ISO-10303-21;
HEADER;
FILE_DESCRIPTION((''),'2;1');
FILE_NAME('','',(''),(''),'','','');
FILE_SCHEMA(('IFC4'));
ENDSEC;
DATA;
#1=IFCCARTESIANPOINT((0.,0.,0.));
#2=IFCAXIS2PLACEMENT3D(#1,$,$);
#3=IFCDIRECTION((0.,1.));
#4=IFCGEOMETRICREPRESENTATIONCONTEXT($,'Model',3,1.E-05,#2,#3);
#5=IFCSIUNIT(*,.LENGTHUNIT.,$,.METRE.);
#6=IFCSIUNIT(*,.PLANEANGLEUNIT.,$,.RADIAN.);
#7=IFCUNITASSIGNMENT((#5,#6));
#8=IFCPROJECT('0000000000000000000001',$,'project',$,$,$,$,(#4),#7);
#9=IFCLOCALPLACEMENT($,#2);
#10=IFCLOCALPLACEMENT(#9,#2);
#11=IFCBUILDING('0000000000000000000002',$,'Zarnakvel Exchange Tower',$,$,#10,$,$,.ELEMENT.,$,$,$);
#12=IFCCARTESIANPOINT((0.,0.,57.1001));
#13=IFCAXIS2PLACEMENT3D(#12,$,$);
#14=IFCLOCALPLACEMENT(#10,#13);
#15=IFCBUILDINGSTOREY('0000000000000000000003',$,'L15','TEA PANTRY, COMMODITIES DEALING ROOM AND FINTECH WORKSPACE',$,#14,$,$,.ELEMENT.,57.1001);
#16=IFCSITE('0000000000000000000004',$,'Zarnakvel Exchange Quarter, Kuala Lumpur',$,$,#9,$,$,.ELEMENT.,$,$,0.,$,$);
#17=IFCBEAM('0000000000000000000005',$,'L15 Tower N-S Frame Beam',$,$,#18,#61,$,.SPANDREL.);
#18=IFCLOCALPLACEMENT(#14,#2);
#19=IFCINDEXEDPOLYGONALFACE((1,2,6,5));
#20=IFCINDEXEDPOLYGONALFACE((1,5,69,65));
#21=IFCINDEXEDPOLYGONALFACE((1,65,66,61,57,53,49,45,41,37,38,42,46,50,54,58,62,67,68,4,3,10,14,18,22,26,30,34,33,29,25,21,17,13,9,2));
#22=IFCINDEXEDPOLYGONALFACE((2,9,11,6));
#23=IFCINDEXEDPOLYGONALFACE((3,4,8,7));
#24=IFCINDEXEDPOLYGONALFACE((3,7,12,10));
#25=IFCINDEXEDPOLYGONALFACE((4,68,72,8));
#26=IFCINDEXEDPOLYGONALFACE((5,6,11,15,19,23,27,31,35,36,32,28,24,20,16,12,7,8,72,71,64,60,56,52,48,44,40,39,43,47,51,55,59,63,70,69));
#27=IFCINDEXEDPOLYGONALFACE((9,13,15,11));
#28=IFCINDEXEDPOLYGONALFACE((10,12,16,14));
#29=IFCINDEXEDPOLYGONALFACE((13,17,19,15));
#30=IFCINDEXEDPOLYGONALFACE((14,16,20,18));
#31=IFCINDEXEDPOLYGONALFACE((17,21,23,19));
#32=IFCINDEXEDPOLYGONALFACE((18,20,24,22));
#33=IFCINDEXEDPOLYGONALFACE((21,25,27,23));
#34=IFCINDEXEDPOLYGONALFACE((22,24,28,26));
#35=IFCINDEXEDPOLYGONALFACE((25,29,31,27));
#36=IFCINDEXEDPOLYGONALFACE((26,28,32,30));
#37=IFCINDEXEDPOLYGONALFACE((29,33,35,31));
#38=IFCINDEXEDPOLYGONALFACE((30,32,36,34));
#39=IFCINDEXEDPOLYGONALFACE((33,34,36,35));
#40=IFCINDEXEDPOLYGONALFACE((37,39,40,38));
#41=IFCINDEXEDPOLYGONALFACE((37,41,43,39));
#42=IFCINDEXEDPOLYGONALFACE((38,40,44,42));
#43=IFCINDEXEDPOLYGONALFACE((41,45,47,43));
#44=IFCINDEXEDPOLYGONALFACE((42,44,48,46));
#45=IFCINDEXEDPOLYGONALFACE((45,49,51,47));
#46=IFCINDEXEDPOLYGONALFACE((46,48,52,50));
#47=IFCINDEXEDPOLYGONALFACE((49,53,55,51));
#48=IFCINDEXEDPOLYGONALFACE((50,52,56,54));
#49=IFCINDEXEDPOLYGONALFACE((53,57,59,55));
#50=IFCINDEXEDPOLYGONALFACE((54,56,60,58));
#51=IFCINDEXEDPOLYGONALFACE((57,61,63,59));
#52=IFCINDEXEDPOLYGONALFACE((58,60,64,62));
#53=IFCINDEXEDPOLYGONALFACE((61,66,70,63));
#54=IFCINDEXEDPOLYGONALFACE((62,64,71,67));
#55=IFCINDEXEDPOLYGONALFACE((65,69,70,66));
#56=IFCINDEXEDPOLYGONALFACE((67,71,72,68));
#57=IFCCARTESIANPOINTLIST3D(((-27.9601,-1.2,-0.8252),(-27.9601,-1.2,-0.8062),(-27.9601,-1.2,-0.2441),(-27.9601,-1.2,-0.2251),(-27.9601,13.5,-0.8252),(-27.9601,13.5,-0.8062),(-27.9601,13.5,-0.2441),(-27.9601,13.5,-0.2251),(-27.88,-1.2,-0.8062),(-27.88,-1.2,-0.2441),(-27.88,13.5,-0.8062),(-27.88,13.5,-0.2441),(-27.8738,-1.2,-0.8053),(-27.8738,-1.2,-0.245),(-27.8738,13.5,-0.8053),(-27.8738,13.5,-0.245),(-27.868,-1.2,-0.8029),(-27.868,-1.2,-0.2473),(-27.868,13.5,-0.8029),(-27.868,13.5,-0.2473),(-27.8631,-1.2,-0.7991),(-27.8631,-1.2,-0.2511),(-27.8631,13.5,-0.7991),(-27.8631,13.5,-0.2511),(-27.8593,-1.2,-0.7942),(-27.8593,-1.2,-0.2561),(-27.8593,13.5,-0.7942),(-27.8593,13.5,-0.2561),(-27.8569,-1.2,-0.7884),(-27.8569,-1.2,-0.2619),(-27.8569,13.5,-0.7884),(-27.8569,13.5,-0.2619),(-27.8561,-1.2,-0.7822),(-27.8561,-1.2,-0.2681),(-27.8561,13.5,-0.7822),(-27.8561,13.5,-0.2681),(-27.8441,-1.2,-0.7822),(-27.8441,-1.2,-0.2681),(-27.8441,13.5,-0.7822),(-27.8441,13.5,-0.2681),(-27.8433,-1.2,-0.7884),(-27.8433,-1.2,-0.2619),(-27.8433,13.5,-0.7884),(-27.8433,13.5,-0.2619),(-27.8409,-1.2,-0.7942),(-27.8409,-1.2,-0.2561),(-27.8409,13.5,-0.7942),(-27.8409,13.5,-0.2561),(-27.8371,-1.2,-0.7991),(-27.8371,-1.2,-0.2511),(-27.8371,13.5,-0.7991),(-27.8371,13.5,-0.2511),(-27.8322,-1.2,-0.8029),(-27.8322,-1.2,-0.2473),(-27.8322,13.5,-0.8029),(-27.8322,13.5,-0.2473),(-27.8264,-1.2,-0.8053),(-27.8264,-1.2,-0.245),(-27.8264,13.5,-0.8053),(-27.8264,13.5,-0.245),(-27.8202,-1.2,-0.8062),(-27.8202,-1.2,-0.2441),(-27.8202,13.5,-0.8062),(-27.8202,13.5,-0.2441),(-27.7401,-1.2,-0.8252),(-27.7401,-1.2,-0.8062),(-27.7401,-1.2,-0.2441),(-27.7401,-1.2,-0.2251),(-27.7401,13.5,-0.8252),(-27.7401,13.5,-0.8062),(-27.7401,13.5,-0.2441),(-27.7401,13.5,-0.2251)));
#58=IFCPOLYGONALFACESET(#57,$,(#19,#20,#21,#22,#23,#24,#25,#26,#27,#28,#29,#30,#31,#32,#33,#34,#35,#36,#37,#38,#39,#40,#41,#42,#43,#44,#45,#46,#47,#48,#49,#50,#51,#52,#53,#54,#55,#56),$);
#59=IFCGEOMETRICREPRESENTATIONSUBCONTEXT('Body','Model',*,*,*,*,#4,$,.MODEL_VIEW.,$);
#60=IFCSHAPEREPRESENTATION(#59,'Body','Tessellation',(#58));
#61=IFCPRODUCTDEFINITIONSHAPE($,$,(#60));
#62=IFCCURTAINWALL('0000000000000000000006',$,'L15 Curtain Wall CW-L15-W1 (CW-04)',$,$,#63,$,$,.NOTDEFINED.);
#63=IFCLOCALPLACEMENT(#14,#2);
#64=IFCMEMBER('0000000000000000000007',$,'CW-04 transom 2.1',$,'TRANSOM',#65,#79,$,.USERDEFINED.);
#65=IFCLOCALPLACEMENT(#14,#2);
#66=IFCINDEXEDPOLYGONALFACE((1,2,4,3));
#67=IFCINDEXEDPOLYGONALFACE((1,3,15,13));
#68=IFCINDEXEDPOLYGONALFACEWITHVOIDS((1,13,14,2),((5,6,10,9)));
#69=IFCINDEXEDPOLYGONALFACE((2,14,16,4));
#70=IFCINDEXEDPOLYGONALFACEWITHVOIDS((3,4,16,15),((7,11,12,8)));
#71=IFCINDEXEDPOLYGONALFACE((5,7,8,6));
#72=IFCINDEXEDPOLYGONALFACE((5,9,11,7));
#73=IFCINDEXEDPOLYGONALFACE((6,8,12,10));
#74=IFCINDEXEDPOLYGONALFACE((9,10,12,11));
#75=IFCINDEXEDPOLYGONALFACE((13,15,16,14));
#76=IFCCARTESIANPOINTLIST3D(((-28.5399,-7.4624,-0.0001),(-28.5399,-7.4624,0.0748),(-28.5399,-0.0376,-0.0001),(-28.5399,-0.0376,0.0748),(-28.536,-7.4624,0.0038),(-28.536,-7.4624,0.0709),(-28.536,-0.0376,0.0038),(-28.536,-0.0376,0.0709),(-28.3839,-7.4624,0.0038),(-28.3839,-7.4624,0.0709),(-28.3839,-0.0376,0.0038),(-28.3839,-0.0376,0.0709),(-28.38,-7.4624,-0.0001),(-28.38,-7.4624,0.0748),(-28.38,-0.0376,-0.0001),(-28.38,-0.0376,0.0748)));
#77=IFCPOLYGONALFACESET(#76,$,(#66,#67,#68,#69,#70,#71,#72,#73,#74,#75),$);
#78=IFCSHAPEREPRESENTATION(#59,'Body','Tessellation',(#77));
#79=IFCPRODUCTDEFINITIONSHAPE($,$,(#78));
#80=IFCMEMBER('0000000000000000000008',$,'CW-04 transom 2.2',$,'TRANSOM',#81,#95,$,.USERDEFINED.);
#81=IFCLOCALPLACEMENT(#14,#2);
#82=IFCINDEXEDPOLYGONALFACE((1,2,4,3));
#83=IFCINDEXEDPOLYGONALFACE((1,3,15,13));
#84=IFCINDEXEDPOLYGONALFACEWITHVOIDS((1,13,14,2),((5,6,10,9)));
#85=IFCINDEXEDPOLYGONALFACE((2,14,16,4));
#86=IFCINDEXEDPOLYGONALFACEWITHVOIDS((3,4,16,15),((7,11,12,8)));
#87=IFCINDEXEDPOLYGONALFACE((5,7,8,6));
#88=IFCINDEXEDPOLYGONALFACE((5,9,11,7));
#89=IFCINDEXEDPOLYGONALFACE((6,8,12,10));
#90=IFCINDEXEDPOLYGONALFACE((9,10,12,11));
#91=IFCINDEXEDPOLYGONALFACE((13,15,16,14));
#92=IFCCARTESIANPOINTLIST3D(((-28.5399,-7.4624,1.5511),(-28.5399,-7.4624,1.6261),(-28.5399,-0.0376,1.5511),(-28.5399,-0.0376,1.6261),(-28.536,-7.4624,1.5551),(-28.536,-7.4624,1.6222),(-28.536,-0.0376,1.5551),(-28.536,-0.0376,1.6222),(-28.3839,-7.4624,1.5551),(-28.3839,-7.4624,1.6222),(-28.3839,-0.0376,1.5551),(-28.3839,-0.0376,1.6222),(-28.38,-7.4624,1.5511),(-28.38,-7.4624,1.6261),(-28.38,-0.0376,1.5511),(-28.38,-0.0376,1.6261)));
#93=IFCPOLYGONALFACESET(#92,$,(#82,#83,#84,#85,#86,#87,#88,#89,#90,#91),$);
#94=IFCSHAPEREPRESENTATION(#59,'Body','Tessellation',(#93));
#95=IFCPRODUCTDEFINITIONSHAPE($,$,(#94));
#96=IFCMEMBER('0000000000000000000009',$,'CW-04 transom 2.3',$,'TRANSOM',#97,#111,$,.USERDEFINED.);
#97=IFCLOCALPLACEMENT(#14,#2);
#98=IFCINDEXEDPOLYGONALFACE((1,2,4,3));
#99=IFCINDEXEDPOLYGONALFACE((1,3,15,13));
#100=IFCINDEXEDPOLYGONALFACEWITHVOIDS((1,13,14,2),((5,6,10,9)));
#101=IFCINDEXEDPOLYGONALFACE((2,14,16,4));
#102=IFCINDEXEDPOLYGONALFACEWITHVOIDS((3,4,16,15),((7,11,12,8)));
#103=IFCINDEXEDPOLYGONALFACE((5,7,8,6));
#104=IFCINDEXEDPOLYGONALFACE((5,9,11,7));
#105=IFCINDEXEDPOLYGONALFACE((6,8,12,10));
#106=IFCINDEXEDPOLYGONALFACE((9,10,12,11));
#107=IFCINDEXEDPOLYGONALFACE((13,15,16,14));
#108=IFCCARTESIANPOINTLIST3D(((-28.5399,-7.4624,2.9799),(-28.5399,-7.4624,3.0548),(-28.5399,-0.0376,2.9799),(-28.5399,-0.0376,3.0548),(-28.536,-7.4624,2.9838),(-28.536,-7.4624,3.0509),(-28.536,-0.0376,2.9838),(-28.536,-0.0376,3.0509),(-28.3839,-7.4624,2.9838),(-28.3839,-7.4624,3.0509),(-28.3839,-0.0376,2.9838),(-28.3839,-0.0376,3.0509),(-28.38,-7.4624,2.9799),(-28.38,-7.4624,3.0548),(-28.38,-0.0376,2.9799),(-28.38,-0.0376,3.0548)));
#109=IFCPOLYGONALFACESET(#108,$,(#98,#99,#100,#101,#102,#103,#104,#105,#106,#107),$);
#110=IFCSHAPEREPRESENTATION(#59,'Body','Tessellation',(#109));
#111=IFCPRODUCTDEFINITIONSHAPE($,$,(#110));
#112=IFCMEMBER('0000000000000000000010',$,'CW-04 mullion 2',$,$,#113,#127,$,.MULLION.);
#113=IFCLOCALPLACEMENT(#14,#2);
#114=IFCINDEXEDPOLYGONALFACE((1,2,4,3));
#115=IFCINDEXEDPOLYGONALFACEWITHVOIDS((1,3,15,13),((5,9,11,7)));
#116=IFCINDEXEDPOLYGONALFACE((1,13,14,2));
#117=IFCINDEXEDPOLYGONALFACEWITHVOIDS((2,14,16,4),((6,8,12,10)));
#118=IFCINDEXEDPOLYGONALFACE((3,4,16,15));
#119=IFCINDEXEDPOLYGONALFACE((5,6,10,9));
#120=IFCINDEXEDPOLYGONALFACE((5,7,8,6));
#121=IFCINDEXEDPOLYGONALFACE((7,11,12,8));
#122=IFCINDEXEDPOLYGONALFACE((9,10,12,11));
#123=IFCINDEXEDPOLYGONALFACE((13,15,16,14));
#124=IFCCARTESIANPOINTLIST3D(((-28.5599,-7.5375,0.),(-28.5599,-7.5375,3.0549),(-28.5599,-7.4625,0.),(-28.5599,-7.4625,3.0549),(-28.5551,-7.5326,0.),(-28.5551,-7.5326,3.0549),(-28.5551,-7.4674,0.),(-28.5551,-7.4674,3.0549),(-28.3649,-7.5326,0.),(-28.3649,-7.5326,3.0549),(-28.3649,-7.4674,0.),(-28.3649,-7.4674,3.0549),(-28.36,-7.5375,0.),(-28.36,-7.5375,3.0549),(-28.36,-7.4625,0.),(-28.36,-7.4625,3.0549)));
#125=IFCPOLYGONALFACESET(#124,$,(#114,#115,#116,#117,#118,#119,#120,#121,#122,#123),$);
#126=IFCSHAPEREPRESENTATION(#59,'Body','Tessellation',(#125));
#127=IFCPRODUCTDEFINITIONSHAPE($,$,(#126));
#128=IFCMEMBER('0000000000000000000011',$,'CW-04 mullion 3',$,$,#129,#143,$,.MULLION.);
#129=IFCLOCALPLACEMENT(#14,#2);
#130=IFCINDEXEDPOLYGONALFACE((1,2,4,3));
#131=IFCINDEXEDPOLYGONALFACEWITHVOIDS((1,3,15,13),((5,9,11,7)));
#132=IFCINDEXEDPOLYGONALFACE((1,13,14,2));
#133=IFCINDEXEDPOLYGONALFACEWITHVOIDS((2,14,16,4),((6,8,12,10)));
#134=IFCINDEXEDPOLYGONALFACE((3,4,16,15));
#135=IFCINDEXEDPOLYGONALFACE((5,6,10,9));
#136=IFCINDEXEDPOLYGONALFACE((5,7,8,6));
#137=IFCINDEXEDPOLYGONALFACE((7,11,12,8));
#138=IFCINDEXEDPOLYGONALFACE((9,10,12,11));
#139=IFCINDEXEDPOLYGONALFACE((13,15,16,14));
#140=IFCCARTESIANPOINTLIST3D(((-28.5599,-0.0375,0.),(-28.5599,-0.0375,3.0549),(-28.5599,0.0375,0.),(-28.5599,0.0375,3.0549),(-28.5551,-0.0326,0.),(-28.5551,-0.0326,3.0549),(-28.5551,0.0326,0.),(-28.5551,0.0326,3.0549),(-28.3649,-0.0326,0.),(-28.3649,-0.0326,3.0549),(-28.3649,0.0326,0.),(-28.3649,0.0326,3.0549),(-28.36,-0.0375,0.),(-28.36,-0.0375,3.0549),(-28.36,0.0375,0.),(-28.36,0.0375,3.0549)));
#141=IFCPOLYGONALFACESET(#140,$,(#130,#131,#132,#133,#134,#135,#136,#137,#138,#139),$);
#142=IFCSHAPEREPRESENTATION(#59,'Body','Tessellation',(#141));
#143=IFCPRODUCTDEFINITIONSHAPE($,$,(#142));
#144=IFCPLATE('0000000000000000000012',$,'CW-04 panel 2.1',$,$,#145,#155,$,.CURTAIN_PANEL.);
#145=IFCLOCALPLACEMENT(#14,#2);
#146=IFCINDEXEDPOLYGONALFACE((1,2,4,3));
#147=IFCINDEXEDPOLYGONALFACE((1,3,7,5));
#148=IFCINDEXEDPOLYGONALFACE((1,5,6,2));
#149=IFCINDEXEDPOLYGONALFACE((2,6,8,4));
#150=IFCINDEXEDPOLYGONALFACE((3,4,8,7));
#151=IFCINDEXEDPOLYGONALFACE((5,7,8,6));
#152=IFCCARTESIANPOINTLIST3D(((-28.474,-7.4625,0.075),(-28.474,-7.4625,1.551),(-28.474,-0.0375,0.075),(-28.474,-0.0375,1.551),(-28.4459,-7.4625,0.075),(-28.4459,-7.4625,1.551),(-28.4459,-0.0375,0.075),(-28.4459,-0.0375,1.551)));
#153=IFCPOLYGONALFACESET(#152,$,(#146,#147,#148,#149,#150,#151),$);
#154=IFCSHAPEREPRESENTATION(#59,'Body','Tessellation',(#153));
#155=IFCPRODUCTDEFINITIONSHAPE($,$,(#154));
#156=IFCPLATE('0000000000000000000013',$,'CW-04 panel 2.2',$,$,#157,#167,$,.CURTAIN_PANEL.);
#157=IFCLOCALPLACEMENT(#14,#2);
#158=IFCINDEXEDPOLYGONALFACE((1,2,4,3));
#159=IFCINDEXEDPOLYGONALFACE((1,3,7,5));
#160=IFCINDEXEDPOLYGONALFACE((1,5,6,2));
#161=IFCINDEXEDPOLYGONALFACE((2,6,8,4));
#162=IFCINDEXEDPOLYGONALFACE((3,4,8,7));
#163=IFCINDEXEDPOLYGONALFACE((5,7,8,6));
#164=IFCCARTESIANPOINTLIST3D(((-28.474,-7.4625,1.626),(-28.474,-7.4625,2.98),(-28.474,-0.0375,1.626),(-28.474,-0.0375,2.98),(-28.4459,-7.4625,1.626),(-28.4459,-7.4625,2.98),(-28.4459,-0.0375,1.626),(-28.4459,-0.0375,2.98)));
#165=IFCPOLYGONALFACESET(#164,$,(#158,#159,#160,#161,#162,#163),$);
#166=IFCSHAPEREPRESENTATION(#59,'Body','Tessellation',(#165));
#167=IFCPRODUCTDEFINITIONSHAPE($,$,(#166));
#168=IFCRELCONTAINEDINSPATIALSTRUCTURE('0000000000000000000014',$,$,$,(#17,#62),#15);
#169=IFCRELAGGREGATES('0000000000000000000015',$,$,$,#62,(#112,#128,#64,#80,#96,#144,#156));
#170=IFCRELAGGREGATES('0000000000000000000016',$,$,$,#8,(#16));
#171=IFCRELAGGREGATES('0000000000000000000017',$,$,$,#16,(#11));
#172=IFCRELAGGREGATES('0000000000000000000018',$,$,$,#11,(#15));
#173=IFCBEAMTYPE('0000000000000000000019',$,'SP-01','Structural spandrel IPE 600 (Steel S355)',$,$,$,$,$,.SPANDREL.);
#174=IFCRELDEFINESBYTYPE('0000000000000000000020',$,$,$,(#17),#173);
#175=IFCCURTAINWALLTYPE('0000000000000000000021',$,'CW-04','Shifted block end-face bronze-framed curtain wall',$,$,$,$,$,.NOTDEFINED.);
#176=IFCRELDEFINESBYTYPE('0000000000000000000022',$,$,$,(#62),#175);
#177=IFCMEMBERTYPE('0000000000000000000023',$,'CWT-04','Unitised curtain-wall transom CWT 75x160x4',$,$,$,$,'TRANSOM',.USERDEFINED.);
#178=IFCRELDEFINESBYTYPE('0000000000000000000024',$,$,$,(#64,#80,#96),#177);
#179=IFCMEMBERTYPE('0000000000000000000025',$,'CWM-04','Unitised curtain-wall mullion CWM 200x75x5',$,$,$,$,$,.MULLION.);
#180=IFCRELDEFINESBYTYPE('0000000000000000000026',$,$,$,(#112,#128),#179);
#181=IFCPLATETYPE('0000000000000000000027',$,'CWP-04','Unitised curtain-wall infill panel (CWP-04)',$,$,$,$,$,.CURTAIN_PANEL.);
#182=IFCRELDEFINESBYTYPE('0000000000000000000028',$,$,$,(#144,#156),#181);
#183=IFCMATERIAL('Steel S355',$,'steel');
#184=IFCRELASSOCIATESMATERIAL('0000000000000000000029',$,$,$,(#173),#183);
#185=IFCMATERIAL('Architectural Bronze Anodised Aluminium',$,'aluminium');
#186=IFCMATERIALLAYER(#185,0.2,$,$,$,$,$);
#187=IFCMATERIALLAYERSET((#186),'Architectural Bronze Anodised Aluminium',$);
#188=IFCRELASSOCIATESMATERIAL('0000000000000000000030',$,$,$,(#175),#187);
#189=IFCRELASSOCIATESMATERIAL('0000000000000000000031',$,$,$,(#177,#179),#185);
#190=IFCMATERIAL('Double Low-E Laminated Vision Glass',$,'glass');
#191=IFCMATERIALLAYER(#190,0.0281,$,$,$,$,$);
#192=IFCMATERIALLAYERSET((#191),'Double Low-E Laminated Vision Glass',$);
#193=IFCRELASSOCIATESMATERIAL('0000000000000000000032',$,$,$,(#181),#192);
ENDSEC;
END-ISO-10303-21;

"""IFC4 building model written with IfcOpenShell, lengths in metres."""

from ifc_helpers import new_model, si_unit, direction, frame, origin, origin_2d, place, context, subcontext, project, spatial, rectangle, hollow_rectangle, i_section, extrude, source, transform, mapped, material, layer, layer_set, material_profile, profile_set, type_object, element, aggregate, save


model = new_model("IFC4")

# Units and contexts
model_context = context("Model", 3, precision=1e-05, world=origin(), true_north=direction((0.0, 1.0)))
body_context = subcontext(model_context, "Body", "Model", "MODEL_VIEW")
ifc_project = project(units=[si_unit("LENGTHUNIT", "METRE"), si_unit("PLANEANGLEUNIT", "RADIAN")], contexts=[model_context])

# Site, building, storey
site_placement = place(None, origin())
site = spatial("IfcSite", under=ifc_project, at=site_placement, Name="Zarnakvel Exchange Quarter, Kuala Lumpur", CompositionType="ELEMENT", RefElevation=0.0)
building_placement = place(site_placement, origin())
building = spatial("IfcBuilding", under=site, at=building_placement, Name="Zarnakvel Exchange Tower", CompositionType="ELEMENT")
storey_placement = place(building_placement, frame((0.0, 0.0, 57.1001)))
storey = spatial("IfcBuildingStorey", under=building, at=storey_placement, Name="L15", Description="TEA PANTRY, COMMODITIES DEALING ROOM AND FINTECH WORKSPACE", CompositionType="ELEMENT", Elevation=57.1001)

# Shared definitions
ifc_material_1 = material(Name="Steel S355", Category="steel")

# Beam
ifc_material_profile_1 = material_profile(ifc_material_1, i_section(OverallWidth=0.22, OverallDepth=0.6001, WebThickness=0.012, FlangeThickness=0.019, FilletRadius=0.0239, at=origin_2d()))
ifc_profile_set_1 = profile_set([ifc_material_profile_1], Name="Steel S355")
beam_type_1 = type_object("IfcBeamType", Name="SP-01", Description="Structural spandrel IPE 600 (Steel S355)", PredefinedType="SPANDREL", material=ifc_profile_set_1)
beam_1_placement = place(storey_placement, frame((-27.8501, -1.2, -0.5251), z_axis=(0.0, 1.0, 0.0), x_axis=(-1.0, 0.0, 0.0)))
element("IfcBeam", 1, at=beam_1_placement, inside=storey, type_object=beam_type_1, Name="L15 Tower N-S Frame Beam", PredefinedType="SPANDREL", context=body_context, shape_type="SweptSolid", body=[
    extrude(i_section(OverallWidth=0.22, OverallDepth=0.6001, WebThickness=0.012, FlangeThickness=0.019, FilletRadius=0.0239, at=origin_2d()), origin(), (0.0, 0.0, 1.0), 14.7),
])

# Curtain wall, members, plates
ifc_material_2 = material(Name="Architectural Bronze Anodised Aluminium", Category="aluminium")
ifc_layer_1 = layer(ifc_material_2, 0.2)
ifc_layer_set_1 = layer_set([ifc_layer_1], Name="Architectural Bronze Anodised Aluminium")
curtain_wall_type = type_object("IfcCurtainWallType", Name="CW-04", Description="Shifted block end-face bronze-framed curtain wall", PredefinedType="NOTDEFINED", material=ifc_layer_set_1)
curtain_wall_placement = place(storey_placement, origin())
curtain_wall = element("IfcCurtainWall", 2, at=curtain_wall_placement, inside=storey, type_object=curtain_wall_type, Name="L15 Curtain Wall CW-L15-W1 (CW-04)", PredefinedType="NOTDEFINED")
ifc_material_profile_2 = material_profile(ifc_material_2, hollow_rectangle(XDim=0.1599, YDim=0.075, WallThickness=0.0039, at=origin_2d()))
ifc_profile_set_2 = profile_set([ifc_material_profile_2], Name="Architectural Bronze Anodised Aluminium")
member_type_1 = type_object("IfcMemberType", Name="CWT-04", Description="Unitised curtain-wall transom CWT 75x160x4", ElementType="TRANSOM", PredefinedType="USERDEFINED", material=ifc_profile_set_2)
shared_shape_1 = source(origin(), body_context, "Body", "SweptSolid", [
    extrude(hollow_rectangle(XDim=0.1599, YDim=0.075, WallThickness=0.0039, at=origin_2d()), origin(), (0.0, 0.0, 1.0), 7.4248),
])
member_1_placement = place(storey_placement, frame((-28.46, -7.4624, 0.0374), z_axis=(0.0, 1.0, 0.0), x_axis=(-1.0, 0.0, 0.0)))
member_1 = element("IfcMember", 3, at=member_1_placement, type_object=member_type_1, Name="CW-04 transom 2.1", ObjectType="TRANSOM", PredefinedType="USERDEFINED", context=body_context, shape_type="MappedRepresentation", body=[
    mapped(shared_shape_1, transform((0.0, 0.0, 0.0), x_axis=(1.0, 0.0, 0.0), y_axis=(0.0, 1.0, 0.0), z_axis=(0.0, 0.0, 1.0), scale=1.0)),
])
member_2_placement = place(storey_placement, frame((-28.46, -7.4624, 1.5886), z_axis=(0.0, 1.0, 0.0), x_axis=(-1.0, 0.0, 0.0)))
member_2 = element("IfcMember", 4, at=member_2_placement, type_object=member_type_1, Name="CW-04 transom 2.2", ObjectType="TRANSOM", PredefinedType="USERDEFINED", context=body_context, shape_type="MappedRepresentation", body=[
    mapped(shared_shape_1, transform((0.0, 0.0, 0.0), x_axis=(1.0, 0.0, 0.0), y_axis=(0.0, 1.0, 0.0), z_axis=(0.0, 0.0, 1.0), scale=1.0)),
])
member_3_placement = place(storey_placement, frame((-28.46, -7.4624, 3.0173), z_axis=(0.0, 1.0, 0.0), x_axis=(-1.0, 0.0, 0.0)))
member_3 = element("IfcMember", 5, at=member_3_placement, type_object=member_type_1, Name="CW-04 transom 2.3", ObjectType="TRANSOM", PredefinedType="USERDEFINED", context=body_context, shape_type="MappedRepresentation", body=[
    mapped(shared_shape_1, transform((0.0, 0.0, 0.0), x_axis=(1.0, 0.0, 0.0), y_axis=(0.0, 1.0, 0.0), z_axis=(0.0, 0.0, 1.0), scale=1.0)),
])
ifc_material_profile_3 = material_profile(ifc_material_2, hollow_rectangle(XDim=0.2, YDim=0.075, WallThickness=0.0049, at=origin_2d()))
ifc_profile_set_3 = profile_set([ifc_material_profile_3], Name="Architectural Bronze Anodised Aluminium")
member_type_2 = type_object("IfcMemberType", Name="CWM-04", Description="Unitised curtain-wall mullion CWM 200x75x5", PredefinedType="MULLION", material=ifc_profile_set_3)
shared_shape_2 = source(origin(), body_context, "Body", "SweptSolid", [
    extrude(hollow_rectangle(XDim=0.2, YDim=0.075, WallThickness=0.0049, at=origin_2d()), origin(), (0.0, 0.0, 1.0), 3.0549),
])
member_4_placement = place(storey_placement, frame((-28.46, -7.5, 0.0), z_axis=(0.0, 0.0, 1.0), x_axis=(-1.0, 0.0, 0.0)))
member_4 = element("IfcMember", 6, at=member_4_placement, type_object=member_type_2, Name="CW-04 mullion 2", PredefinedType="MULLION", context=body_context, shape_type="MappedRepresentation", body=[
    mapped(shared_shape_2, transform((0.0, 0.0, 0.0), x_axis=(1.0, 0.0, 0.0), y_axis=(0.0, 1.0, 0.0), z_axis=(0.0, 0.0, 1.0), scale=1.0)),
])
member_5_placement = place(storey_placement, frame((-28.46, 0.0, 0.0), z_axis=(0.0, 0.0, 1.0), x_axis=(-1.0, 0.0, 0.0)))
member_5 = element("IfcMember", 7, at=member_5_placement, type_object=member_type_2, Name="CW-04 mullion 3", PredefinedType="MULLION", context=body_context, shape_type="MappedRepresentation", body=[
    mapped(shared_shape_2, transform((0.0, 0.0, 0.0), x_axis=(1.0, 0.0, 0.0), y_axis=(0.0, 1.0, 0.0), z_axis=(0.0, 0.0, 1.0), scale=1.0)),
])
ifc_material_3 = material(Name="Double Low-E Laminated Vision Glass", Category="glass")
ifc_layer_2 = layer(ifc_material_3, 0.0281)
ifc_layer_set_2 = layer_set([ifc_layer_2], Name="Double Low-E Laminated Vision Glass")
plate_type = type_object("IfcPlateType", Name="CWP-04", Description="Unitised curtain-wall infill panel (CWP-04)", PredefinedType="CURTAIN_PANEL", material=ifc_layer_set_2)
shared_shape_3 = source(origin(), body_context, "Body", "SweptSolid", [
    extrude(rectangle(XDim=7.425, YDim=0.0281, at=origin_2d()), origin(), (0.0, 0.0, 1.0), 1.4761),
])
plate_1_placement = place(storey_placement, frame((-28.46, -3.75, 0.075), z_axis=(0.0, 0.0, 1.0), x_axis=(0.0, 1.0, 0.0)))
plate_1 = element("IfcPlate", 8, at=plate_1_placement, type_object=plate_type, Name="CW-04 panel 2.1", PredefinedType="CURTAIN_PANEL", context=body_context, shape_type="MappedRepresentation", body=[
    mapped(shared_shape_3, transform((0.0, 0.0, 0.0), x_axis=(1.0, 0.0, 0.0), y_axis=(0.0, 1.0, 0.0), z_axis=(0.0, 0.0, 1.0), scale=1.0)),
])
shared_shape_4 = source(origin(), body_context, "Body", "SweptSolid", [
    extrude(rectangle(XDim=7.425, YDim=0.0281, at=origin_2d()), origin(), (0.0, 0.0, 1.0), 1.354),
])
plate_2_placement = place(storey_placement, frame((-28.46, -3.75, 1.626), z_axis=(0.0, 0.0, 1.0), x_axis=(0.0, 1.0, 0.0)))
plate_2 = element("IfcPlate", 9, at=plate_2_placement, type_object=plate_type, Name="CW-04 panel 2.2", PredefinedType="CURTAIN_PANEL", context=body_context, shape_type="MappedRepresentation", body=[
    mapped(shared_shape_4, transform((0.0, 0.0, 0.0), x_axis=(1.0, 0.0, 0.0), y_axis=(0.0, 1.0, 0.0), z_axis=(0.0, 0.0, 1.0), scale=1.0)),
])
aggregate(curtain_wall, [member_4, member_5, member_1, member_2, member_3, plate_1, plate_2])

save(model, "model.ifc")
